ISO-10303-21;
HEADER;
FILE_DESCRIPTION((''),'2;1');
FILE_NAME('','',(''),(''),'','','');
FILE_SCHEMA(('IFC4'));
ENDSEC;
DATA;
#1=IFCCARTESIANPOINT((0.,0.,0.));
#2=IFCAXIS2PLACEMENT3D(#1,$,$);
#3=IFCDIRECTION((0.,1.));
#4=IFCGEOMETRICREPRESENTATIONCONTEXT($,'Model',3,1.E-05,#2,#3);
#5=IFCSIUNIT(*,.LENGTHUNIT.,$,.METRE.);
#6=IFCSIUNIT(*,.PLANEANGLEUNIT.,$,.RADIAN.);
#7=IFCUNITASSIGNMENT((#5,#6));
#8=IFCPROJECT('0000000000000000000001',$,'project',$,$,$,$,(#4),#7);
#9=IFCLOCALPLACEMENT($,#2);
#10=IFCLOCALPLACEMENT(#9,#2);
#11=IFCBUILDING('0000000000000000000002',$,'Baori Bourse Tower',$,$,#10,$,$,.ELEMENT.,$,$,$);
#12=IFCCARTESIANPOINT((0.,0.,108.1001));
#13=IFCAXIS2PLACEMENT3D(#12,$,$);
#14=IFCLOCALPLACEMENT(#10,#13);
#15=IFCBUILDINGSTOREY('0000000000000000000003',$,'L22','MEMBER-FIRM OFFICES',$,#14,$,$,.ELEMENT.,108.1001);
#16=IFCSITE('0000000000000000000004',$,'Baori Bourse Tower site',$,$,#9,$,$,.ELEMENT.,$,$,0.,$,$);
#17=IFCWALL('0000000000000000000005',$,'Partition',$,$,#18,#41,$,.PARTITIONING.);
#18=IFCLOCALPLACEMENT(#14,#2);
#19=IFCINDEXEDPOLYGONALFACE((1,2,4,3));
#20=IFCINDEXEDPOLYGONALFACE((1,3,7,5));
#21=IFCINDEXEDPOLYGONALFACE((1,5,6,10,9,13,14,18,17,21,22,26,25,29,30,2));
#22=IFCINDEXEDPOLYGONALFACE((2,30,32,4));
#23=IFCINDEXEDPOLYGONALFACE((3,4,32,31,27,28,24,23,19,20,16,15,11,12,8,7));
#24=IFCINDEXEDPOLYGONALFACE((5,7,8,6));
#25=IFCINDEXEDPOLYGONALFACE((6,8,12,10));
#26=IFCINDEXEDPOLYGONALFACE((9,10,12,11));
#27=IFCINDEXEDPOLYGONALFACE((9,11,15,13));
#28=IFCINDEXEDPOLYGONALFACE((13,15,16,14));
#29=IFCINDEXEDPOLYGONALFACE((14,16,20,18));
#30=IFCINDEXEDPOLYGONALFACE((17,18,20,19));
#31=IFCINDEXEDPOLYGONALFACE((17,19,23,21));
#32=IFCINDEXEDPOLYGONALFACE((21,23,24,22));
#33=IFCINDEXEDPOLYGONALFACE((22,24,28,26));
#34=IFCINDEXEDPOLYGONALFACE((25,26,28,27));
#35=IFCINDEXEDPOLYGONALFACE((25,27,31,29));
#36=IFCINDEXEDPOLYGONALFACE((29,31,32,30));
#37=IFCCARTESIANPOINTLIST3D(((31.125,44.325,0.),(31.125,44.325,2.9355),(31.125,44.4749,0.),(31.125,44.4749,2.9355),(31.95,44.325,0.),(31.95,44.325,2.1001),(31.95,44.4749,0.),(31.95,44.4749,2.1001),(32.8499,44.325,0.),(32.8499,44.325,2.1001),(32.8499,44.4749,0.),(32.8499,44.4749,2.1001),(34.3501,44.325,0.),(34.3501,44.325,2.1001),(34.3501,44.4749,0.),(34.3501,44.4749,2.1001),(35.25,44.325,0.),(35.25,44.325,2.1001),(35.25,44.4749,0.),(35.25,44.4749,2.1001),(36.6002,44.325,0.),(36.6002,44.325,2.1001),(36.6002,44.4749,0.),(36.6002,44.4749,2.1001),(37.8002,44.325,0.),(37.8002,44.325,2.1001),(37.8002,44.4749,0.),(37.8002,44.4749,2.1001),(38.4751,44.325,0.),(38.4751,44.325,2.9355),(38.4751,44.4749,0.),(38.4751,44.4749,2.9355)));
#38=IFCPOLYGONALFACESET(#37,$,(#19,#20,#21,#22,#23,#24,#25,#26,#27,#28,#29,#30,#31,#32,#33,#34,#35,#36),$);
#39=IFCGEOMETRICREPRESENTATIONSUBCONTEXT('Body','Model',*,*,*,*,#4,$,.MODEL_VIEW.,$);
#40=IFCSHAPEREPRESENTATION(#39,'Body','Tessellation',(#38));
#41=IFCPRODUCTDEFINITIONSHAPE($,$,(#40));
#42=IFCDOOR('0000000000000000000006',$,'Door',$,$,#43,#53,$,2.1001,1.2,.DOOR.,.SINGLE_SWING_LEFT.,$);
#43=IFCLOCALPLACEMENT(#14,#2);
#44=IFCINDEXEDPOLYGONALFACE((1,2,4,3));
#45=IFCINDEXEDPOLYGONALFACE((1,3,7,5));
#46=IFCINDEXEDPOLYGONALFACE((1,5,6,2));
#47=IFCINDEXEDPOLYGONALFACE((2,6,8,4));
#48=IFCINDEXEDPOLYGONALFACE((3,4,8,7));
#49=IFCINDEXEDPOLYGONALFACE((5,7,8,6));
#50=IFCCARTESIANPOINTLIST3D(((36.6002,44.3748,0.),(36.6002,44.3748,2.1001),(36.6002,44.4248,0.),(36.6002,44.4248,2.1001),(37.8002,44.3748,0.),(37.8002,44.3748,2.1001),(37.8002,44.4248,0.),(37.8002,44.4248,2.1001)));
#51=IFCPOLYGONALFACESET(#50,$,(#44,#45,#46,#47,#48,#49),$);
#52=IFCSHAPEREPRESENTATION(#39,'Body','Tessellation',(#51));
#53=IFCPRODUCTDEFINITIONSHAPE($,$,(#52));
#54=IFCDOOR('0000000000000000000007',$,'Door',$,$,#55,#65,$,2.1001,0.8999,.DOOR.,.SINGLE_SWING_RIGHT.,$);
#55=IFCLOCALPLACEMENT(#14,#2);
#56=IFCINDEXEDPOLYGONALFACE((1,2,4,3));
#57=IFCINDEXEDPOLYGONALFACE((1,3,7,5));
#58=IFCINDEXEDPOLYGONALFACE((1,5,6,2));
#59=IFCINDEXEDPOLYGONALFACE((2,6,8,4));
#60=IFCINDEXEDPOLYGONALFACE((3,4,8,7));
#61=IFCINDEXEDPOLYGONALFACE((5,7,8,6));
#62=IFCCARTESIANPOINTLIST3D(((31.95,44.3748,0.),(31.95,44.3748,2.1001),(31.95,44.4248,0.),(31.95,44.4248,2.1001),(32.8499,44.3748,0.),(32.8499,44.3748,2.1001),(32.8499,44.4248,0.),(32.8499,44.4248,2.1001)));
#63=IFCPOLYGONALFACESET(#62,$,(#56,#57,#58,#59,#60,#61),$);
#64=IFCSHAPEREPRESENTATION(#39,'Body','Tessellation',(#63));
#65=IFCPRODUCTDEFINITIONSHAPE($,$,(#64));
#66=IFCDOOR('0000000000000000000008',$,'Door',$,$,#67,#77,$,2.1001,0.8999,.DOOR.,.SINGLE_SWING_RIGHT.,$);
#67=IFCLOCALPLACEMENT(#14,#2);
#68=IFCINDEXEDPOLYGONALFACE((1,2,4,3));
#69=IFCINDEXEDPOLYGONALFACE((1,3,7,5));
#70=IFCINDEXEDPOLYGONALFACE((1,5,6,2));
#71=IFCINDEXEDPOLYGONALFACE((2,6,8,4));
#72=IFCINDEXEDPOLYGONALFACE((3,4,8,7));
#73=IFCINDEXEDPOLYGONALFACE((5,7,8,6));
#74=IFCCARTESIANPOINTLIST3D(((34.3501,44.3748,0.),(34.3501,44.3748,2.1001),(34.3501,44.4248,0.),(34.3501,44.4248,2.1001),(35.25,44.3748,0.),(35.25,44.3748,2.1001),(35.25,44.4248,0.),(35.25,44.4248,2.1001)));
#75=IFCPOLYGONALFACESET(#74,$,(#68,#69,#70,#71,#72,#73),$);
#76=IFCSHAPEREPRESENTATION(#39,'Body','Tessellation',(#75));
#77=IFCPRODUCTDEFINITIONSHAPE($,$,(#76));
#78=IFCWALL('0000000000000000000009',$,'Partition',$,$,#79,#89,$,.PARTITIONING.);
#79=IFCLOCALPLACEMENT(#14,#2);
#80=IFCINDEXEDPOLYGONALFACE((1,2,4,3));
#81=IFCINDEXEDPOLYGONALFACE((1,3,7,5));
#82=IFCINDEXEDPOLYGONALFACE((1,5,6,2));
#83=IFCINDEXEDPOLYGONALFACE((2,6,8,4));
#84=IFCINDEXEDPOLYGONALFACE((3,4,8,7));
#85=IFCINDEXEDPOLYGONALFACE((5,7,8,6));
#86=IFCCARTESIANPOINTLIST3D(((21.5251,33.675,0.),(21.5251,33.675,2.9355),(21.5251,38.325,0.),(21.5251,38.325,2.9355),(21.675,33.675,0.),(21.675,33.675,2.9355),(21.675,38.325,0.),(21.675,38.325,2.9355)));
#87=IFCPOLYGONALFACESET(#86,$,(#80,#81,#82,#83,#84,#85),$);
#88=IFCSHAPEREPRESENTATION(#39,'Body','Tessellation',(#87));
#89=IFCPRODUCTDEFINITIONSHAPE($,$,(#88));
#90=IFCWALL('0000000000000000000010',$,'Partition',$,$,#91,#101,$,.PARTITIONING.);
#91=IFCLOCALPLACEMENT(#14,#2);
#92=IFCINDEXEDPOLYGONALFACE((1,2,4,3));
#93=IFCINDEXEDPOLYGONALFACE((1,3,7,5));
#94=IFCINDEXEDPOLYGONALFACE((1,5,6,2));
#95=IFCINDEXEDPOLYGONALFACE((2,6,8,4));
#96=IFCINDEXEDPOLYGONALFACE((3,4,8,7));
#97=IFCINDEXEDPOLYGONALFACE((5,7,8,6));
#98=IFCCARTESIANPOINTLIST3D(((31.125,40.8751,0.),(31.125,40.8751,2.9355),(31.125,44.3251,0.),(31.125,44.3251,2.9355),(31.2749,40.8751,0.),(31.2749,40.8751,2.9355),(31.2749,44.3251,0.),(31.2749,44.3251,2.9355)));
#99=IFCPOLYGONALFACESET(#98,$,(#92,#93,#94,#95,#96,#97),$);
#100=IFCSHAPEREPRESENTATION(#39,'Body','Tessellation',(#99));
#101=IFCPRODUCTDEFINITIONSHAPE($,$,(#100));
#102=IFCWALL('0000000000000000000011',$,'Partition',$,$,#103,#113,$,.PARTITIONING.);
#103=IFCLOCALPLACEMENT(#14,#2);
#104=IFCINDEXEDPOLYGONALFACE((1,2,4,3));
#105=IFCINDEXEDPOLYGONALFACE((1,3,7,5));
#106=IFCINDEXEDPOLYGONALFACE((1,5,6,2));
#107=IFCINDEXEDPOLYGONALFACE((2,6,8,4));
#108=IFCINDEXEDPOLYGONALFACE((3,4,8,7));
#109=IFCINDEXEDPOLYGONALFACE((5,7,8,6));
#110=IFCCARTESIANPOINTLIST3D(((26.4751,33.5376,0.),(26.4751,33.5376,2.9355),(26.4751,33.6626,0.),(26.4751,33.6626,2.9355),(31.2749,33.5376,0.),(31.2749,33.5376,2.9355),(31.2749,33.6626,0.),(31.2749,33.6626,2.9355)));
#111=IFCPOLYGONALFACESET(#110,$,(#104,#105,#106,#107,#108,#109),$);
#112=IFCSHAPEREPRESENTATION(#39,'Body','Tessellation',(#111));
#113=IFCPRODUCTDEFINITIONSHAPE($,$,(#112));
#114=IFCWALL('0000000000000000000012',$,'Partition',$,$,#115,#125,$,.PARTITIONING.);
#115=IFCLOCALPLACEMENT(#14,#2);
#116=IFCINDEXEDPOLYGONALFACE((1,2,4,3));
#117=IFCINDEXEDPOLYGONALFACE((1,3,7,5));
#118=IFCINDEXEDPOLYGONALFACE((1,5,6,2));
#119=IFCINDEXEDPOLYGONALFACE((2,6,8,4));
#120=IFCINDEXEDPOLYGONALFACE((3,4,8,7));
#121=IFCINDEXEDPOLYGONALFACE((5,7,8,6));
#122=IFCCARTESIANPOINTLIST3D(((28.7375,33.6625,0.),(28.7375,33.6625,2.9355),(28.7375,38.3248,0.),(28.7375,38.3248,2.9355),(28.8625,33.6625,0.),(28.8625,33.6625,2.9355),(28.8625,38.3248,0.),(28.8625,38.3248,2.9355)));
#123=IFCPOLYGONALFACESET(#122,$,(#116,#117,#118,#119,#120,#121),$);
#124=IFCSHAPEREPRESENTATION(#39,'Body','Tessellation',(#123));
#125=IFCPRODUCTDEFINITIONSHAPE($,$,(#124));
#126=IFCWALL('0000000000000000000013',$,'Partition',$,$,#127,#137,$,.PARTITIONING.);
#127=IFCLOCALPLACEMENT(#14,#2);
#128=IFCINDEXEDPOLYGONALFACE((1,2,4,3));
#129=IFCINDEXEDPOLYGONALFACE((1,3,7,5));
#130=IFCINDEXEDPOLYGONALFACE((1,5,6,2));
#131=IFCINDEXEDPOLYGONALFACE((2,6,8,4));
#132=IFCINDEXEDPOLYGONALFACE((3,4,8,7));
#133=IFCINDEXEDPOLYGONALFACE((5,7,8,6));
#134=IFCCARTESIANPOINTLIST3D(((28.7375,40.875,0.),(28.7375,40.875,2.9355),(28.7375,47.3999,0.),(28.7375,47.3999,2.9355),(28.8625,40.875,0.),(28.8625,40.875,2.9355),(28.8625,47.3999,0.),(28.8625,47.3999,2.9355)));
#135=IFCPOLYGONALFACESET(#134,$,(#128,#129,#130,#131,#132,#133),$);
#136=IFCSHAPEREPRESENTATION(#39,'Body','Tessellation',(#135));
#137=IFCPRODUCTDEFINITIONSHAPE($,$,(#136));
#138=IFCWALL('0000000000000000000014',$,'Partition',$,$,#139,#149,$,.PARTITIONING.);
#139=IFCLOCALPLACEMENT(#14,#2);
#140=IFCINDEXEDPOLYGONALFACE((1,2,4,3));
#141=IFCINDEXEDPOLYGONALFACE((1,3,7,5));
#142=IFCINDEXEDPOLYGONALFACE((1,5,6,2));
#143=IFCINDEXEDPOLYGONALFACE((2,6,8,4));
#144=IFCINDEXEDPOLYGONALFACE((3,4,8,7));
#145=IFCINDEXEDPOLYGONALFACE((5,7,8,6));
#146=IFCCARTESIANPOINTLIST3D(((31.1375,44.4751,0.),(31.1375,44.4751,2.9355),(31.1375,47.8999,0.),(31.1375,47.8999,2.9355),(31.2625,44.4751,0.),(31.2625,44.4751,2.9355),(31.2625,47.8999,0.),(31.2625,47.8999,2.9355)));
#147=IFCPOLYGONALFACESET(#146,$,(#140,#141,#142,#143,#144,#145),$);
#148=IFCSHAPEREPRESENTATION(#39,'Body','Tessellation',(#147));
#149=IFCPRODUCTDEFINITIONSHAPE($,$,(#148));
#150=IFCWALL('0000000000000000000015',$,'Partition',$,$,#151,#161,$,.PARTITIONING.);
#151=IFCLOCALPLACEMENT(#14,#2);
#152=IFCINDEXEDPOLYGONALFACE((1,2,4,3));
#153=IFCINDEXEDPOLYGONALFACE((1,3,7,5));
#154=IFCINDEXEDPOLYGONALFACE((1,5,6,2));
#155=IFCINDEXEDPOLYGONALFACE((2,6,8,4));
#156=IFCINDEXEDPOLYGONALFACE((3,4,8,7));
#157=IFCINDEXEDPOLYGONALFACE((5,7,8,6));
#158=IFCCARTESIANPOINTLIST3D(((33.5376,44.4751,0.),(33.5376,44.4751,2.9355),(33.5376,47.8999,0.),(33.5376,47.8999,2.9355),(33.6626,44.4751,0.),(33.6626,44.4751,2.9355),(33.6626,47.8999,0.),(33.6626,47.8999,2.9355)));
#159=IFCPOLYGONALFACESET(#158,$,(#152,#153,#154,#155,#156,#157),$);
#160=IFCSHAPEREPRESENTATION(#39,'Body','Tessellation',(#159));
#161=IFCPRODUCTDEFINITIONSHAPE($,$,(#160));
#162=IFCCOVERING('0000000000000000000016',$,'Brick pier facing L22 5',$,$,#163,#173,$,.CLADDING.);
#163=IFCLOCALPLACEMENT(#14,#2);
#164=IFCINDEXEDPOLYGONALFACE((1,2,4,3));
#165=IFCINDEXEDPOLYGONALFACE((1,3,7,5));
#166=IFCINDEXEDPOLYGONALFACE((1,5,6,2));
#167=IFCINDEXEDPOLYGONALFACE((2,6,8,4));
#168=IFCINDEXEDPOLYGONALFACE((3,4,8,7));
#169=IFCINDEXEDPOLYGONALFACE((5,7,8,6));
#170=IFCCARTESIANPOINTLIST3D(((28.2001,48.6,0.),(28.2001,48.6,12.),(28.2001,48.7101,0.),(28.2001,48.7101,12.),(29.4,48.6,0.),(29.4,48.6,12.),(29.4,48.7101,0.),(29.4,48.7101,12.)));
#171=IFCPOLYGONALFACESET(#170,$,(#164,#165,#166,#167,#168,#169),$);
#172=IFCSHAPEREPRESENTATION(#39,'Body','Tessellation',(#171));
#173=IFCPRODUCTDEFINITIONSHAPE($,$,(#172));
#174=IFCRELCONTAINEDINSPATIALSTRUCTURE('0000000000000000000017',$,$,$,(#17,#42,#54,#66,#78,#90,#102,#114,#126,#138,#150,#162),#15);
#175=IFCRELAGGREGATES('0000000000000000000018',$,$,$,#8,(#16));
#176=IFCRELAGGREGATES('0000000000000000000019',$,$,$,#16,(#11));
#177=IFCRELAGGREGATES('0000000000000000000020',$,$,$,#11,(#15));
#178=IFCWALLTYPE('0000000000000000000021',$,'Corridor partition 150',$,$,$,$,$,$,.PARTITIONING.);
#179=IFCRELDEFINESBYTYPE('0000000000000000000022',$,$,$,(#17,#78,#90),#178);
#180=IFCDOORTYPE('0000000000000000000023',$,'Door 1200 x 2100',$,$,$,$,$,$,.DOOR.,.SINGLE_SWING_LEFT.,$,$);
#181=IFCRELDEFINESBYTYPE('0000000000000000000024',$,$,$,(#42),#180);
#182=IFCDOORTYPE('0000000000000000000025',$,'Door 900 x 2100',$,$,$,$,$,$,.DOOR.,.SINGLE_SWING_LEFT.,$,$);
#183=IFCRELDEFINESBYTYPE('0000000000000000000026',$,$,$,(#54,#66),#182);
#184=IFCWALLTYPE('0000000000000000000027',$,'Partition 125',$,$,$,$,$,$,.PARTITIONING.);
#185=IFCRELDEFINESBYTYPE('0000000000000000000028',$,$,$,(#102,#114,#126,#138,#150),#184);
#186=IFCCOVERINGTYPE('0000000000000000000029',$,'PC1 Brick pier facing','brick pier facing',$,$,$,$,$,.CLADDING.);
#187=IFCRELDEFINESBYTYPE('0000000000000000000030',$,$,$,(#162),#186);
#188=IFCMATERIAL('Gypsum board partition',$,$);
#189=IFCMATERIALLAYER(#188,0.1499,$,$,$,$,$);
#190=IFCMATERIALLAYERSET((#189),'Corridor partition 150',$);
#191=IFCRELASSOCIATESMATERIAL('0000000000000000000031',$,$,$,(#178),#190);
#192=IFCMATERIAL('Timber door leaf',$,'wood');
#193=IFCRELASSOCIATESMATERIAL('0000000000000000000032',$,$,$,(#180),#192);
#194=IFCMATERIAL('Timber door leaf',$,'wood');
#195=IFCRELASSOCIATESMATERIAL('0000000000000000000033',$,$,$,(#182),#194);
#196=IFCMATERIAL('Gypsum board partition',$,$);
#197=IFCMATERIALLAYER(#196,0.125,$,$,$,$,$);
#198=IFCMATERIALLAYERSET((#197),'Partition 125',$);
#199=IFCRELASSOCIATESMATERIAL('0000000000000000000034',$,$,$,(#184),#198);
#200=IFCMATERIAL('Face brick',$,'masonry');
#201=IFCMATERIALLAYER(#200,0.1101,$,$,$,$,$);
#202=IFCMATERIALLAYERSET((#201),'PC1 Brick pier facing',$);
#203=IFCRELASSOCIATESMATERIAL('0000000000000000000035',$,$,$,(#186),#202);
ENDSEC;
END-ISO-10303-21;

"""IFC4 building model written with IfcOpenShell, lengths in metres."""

from ifc_helpers import new_model, si_unit, direction, frame, frame_2d, origin, origin_2d, place, context, subcontext, project, spatial, rectangle, extrude, material, layer, layer_set, type_object, element, fill, save


model = new_model("IFC4")

# Units and contexts
model_context = context("Model", 3, precision=1e-05, world=origin(), true_north=direction((0.0, 1.0)))
body_context = subcontext(model_context, "Body", "Model", "MODEL_VIEW")
ifc_project = project(units=[si_unit("LENGTHUNIT", "METRE"), si_unit("PLANEANGLEUNIT", "RADIAN")], contexts=[model_context])

# Site, building, storey
site_placement = place(None, origin())
site = spatial("IfcSite", under=ifc_project, at=site_placement, Name="Baori Bourse Tower site", CompositionType="ELEMENT", RefElevation=0.0)
building_placement = place(site_placement, origin())
building = spatial("IfcBuilding", under=site, at=building_placement, Name="Baori Bourse Tower", CompositionType="ELEMENT")
storey_placement = place(building_placement, frame((0.0, 0.0, 108.1001)))
storey = spatial("IfcBuildingStorey", under=building, at=storey_placement, Name="L22", Description="MEMBER-FIRM OFFICES", CompositionType="ELEMENT", Elevation=108.1001)

# Shared definitions
ifc_material_1 = material(Name="Gypsum board partition")
ifc_layer_1 = layer(ifc_material_1, 0.1499)
ifc_layer_set_1 = layer_set([ifc_layer_1], Name="Corridor partition 150")
wall_type_1 = type_object("IfcWallType", Name="Corridor partition 150", PredefinedType="PARTITIONING", material=ifc_layer_set_1)

# Wall, openings, doors
wall_1_placement = place(storey_placement, frame((31.125, 44.3999, 0.0), z_axis=(0.0, 0.0, 1.0), x_axis=(1.0, 0.0, 0.0)))
wall_1 = element("IfcWall", 1, at=wall_1_placement, inside=storey, type_object=wall_type_1, Name="Partition", PredefinedType="PARTITIONING", context=body_context, shape_type="SweptSolid", body=[
    extrude(rectangle(XDim=7.3501, YDim=0.1499, at=frame_2d((3.675, 0.0))), origin(), (0.0, 0.0, 1.0), 2.9355),
])
opening_1_placement = place(wall_1_placement, frame((0.825, 0.0, 0.0)))
opening_1 = element("IfcOpeningElement", 2, at=opening_1_placement, cuts=wall_1, PredefinedType="OPENING", context=body_context, shape_type="SweptSolid", body=[
    extrude(rectangle(XDim=0.8999, YDim=2.1001, at=frame_2d((0.45, 1.05))), frame((0.0, 0.085, 0.0), z_axis=(0.0, -1.0, 0.0), x_axis=(1.0, 0.0, 0.0)), (0.0, 0.0, 1.0), 0.1699),
])
opening_2_placement = place(wall_1_placement, frame((3.2251, 0.0, 0.0)))
opening_2 = element("IfcOpeningElement", 3, at=opening_2_placement, cuts=wall_1, PredefinedType="OPENING", context=body_context, shape_type="SweptSolid", body=[
    extrude(rectangle(XDim=0.8999, YDim=2.1001, at=frame_2d((0.45, 1.05))), frame((0.0, 0.085, 0.0), z_axis=(0.0, -1.0, 0.0), x_axis=(1.0, 0.0, 0.0)), (0.0, 0.0, 1.0), 0.1699),
])
opening_3_placement = place(wall_1_placement, frame((5.4751, 0.0, 0.0)))
opening_3 = element("IfcOpeningElement", 4, at=opening_3_placement, cuts=wall_1, PredefinedType="OPENING", context=body_context, shape_type="SweptSolid", body=[
    extrude(rectangle(XDim=1.2, YDim=2.1001, at=frame_2d((0.6001, 1.05))), frame((0.0, 0.085, 0.0), z_axis=(0.0, -1.0, 0.0), x_axis=(1.0, 0.0, 0.0)), (0.0, 0.0, 1.0), 0.1699),
])
ifc_material_2 = material(Name="Timber door leaf", Category="wood")
door_type_1 = type_object("IfcDoorType", Name="Door 1200 x 2100", OperationType="SINGLE_SWING_LEFT", PredefinedType="DOOR", material=ifc_material_2)
door_1_placement = place(opening_3_placement, origin())
door_1 = element("IfcDoor", 5, at=door_1_placement, inside=storey, type_object=door_type_1, Name="Door", OperationType="SINGLE_SWING_LEFT", OverallHeight=2.1001, OverallWidth=1.2, PredefinedType="DOOR", context=body_context, shape_type="SweptSolid", body=[
    extrude(rectangle(XDim=1.2, YDim=2.1001, at=frame_2d((0.6001, 1.05))), frame((0.0, 0.0249, 0.0), z_axis=(0.0, -1.0, 0.0), x_axis=(1.0, 0.0, 0.0)), (0.0, 0.0, 1.0), 0.05),
])
fill(opening_3, door_1)
ifc_material_3 = material(Name="Timber door leaf", Category="wood")
door_type_2 = type_object("IfcDoorType", Name="Door 900 x 2100", OperationType="SINGLE_SWING_LEFT", PredefinedType="DOOR", material=ifc_material_3)
door_2_placement = place(opening_1_placement, origin())
door_2 = element("IfcDoor", 6, at=door_2_placement, inside=storey, type_object=door_type_2, Name="Door", OperationType="SINGLE_SWING_RIGHT", OverallHeight=2.1001, OverallWidth=0.8999, PredefinedType="DOOR", context=body_context, shape_type="SweptSolid", body=[
    extrude(rectangle(XDim=0.8999, YDim=2.1001, at=frame_2d((0.45, 1.05))), frame((0.0, 0.0249, 0.0), z_axis=(0.0, -1.0, 0.0), x_axis=(1.0, 0.0, 0.0)), (0.0, 0.0, 1.0), 0.05),
])
fill(opening_1, door_2)
door_3_placement = place(opening_2_placement, origin())
door_3 = element("IfcDoor", 7, at=door_3_placement, inside=storey, type_object=door_type_2, Name="Door", OperationType="SINGLE_SWING_RIGHT", OverallHeight=2.1001, OverallWidth=0.8999, PredefinedType="DOOR", context=body_context, shape_type="SweptSolid", body=[
    extrude(rectangle(XDim=0.8999, YDim=2.1001, at=frame_2d((0.45, 1.05))), frame((0.0, 0.0249, 0.0), z_axis=(0.0, -1.0, 0.0), x_axis=(1.0, 0.0, 0.0)), (0.0, 0.0, 1.0), 0.05),
])
fill(opening_2, door_3)

# Walls
wall_2_placement = place(storey_placement, frame((21.6001, 33.675, 0.0), z_axis=(0.0, 0.0, 1.0), x_axis=(0.0, 1.0, 0.0)))
element("IfcWall", 8, at=wall_2_placement, inside=storey, type_object=wall_type_1, Name="Partition", PredefinedType="PARTITIONING", context=body_context, shape_type="SweptSolid", body=[
    extrude(rectangle(XDim=4.6499, YDim=0.1499, at=frame_2d((2.325, 0.0))), origin(), (0.0, 0.0, 1.0), 2.9355),
])
wall_3_placement = place(storey_placement, frame((31.2, 40.875, 0.0), z_axis=(0.0, 0.0, 1.0), x_axis=(0.0, 1.0, 0.0)))
element("IfcWall", 9, at=wall_3_placement, inside=storey, type_object=wall_type_1, Name="Partition", PredefinedType="PARTITIONING", context=body_context, shape_type="SweptSolid", body=[
    extrude(rectangle(XDim=3.45, YDim=0.1499, at=frame_2d((1.7251, 0.0))), origin(), (0.0, 0.0, 1.0), 2.9355),
])
ifc_material_4 = material(Name="Gypsum board partition")
ifc_layer_2 = layer(ifc_material_4, 0.125)
ifc_layer_set_2 = layer_set([ifc_layer_2], Name="Partition 125")
wall_type_2 = type_object("IfcWallType", Name="Partition 125", PredefinedType="PARTITIONING", material=ifc_layer_set_2)
wall_4_placement = place(storey_placement, frame((26.4751, 33.6001, 0.0), z_axis=(0.0, 0.0, 1.0), x_axis=(1.0, 0.0, 0.0)))
element("IfcWall", 10, at=wall_4_placement, inside=storey, type_object=wall_type_2, Name="Partition", PredefinedType="PARTITIONING", context=body_context, shape_type="SweptSolid", body=[
    extrude(rectangle(XDim=4.7998, YDim=0.125, at=frame_2d((2.3999, 0.0))), origin(), (0.0, 0.0, 1.0), 2.9355),
])
wall_5_placement = place(storey_placement, frame((28.8, 33.6626, 0.0), z_axis=(0.0, 0.0, 1.0), x_axis=(0.0, 1.0, 0.0)))
element("IfcWall", 11, at=wall_5_placement, inside=storey, type_object=wall_type_2, Name="Partition", PredefinedType="PARTITIONING", context=body_context, shape_type="SweptSolid", body=[
    extrude(rectangle(XDim=4.6624, YDim=0.125, at=frame_2d((2.3311, 0.0))), origin(), (0.0, 0.0, 1.0), 2.9355),
])
wall_6_placement = place(storey_placement, frame((28.8, 40.875, 0.0), z_axis=(0.0, 0.0, 1.0), x_axis=(0.0, 1.0, 0.0)))
element("IfcWall", 12, at=wall_6_placement, inside=storey, type_object=wall_type_2, Name="Partition", PredefinedType="PARTITIONING", context=body_context, shape_type="SweptSolid", body=[
    extrude(rectangle(XDim=6.5249, YDim=0.125, at=frame_2d((3.2625, 0.0))), origin(), (0.0, 0.0, 1.0), 2.9355),
])
for number, where, z_axis, x_axis, name in (
    (13, (31.2, 44.4751, 0.0), (0.0, 0.0, 1.0), (0.0, 1.0, 0.0), "Partition"),
    (14, (33.6001, 44.4751, 0.0), (0.0, 0.0, 1.0), (0.0, 1.0, 0.0), "Partition"),
):
    element("IfcWall", number, at=place(storey_placement, frame(where, z_axis=z_axis, x_axis=x_axis)), inside=storey, type_object=wall_type_2, Name=name, PredefinedType="PARTITIONING", context=body_context, shape_type="SweptSolid", body=[
        extrude(rectangle(XDim=3.4248, YDim=0.125, at=frame_2d((1.7124, 0.0))), origin(), (0.0, 0.0, 1.0), 2.9355),
    ])

# Covering
ifc_material_5 = material(Name="Face brick", Category="masonry")
ifc_layer_3 = layer(ifc_material_5, 0.1101)
ifc_layer_set_3 = layer_set([ifc_layer_3], Name="PC1 Brick pier facing")
covering_type = type_object("IfcCoveringType", Name="PC1 Brick pier facing", Description="brick pier facing", PredefinedType="CLADDING", material=ifc_layer_set_3)
covering_placement = place(storey_placement, frame((28.8, 48.655, 0.0), z_axis=(0.0, 0.0, 1.0), x_axis=(1.0, 0.0, 0.0)))
element("IfcCovering", 15, at=covering_placement, inside=storey, type_object=covering_type, Name="Brick pier facing L22 5", PredefinedType="CLADDING", context=body_context, shape_type="SweptSolid", body=[
    extrude(rectangle(XDim=1.2, YDim=0.1101, at=origin_2d()), origin(), (0.0, 0.0, 1.0), 12.0),
])

save(model, "model.ifc")
